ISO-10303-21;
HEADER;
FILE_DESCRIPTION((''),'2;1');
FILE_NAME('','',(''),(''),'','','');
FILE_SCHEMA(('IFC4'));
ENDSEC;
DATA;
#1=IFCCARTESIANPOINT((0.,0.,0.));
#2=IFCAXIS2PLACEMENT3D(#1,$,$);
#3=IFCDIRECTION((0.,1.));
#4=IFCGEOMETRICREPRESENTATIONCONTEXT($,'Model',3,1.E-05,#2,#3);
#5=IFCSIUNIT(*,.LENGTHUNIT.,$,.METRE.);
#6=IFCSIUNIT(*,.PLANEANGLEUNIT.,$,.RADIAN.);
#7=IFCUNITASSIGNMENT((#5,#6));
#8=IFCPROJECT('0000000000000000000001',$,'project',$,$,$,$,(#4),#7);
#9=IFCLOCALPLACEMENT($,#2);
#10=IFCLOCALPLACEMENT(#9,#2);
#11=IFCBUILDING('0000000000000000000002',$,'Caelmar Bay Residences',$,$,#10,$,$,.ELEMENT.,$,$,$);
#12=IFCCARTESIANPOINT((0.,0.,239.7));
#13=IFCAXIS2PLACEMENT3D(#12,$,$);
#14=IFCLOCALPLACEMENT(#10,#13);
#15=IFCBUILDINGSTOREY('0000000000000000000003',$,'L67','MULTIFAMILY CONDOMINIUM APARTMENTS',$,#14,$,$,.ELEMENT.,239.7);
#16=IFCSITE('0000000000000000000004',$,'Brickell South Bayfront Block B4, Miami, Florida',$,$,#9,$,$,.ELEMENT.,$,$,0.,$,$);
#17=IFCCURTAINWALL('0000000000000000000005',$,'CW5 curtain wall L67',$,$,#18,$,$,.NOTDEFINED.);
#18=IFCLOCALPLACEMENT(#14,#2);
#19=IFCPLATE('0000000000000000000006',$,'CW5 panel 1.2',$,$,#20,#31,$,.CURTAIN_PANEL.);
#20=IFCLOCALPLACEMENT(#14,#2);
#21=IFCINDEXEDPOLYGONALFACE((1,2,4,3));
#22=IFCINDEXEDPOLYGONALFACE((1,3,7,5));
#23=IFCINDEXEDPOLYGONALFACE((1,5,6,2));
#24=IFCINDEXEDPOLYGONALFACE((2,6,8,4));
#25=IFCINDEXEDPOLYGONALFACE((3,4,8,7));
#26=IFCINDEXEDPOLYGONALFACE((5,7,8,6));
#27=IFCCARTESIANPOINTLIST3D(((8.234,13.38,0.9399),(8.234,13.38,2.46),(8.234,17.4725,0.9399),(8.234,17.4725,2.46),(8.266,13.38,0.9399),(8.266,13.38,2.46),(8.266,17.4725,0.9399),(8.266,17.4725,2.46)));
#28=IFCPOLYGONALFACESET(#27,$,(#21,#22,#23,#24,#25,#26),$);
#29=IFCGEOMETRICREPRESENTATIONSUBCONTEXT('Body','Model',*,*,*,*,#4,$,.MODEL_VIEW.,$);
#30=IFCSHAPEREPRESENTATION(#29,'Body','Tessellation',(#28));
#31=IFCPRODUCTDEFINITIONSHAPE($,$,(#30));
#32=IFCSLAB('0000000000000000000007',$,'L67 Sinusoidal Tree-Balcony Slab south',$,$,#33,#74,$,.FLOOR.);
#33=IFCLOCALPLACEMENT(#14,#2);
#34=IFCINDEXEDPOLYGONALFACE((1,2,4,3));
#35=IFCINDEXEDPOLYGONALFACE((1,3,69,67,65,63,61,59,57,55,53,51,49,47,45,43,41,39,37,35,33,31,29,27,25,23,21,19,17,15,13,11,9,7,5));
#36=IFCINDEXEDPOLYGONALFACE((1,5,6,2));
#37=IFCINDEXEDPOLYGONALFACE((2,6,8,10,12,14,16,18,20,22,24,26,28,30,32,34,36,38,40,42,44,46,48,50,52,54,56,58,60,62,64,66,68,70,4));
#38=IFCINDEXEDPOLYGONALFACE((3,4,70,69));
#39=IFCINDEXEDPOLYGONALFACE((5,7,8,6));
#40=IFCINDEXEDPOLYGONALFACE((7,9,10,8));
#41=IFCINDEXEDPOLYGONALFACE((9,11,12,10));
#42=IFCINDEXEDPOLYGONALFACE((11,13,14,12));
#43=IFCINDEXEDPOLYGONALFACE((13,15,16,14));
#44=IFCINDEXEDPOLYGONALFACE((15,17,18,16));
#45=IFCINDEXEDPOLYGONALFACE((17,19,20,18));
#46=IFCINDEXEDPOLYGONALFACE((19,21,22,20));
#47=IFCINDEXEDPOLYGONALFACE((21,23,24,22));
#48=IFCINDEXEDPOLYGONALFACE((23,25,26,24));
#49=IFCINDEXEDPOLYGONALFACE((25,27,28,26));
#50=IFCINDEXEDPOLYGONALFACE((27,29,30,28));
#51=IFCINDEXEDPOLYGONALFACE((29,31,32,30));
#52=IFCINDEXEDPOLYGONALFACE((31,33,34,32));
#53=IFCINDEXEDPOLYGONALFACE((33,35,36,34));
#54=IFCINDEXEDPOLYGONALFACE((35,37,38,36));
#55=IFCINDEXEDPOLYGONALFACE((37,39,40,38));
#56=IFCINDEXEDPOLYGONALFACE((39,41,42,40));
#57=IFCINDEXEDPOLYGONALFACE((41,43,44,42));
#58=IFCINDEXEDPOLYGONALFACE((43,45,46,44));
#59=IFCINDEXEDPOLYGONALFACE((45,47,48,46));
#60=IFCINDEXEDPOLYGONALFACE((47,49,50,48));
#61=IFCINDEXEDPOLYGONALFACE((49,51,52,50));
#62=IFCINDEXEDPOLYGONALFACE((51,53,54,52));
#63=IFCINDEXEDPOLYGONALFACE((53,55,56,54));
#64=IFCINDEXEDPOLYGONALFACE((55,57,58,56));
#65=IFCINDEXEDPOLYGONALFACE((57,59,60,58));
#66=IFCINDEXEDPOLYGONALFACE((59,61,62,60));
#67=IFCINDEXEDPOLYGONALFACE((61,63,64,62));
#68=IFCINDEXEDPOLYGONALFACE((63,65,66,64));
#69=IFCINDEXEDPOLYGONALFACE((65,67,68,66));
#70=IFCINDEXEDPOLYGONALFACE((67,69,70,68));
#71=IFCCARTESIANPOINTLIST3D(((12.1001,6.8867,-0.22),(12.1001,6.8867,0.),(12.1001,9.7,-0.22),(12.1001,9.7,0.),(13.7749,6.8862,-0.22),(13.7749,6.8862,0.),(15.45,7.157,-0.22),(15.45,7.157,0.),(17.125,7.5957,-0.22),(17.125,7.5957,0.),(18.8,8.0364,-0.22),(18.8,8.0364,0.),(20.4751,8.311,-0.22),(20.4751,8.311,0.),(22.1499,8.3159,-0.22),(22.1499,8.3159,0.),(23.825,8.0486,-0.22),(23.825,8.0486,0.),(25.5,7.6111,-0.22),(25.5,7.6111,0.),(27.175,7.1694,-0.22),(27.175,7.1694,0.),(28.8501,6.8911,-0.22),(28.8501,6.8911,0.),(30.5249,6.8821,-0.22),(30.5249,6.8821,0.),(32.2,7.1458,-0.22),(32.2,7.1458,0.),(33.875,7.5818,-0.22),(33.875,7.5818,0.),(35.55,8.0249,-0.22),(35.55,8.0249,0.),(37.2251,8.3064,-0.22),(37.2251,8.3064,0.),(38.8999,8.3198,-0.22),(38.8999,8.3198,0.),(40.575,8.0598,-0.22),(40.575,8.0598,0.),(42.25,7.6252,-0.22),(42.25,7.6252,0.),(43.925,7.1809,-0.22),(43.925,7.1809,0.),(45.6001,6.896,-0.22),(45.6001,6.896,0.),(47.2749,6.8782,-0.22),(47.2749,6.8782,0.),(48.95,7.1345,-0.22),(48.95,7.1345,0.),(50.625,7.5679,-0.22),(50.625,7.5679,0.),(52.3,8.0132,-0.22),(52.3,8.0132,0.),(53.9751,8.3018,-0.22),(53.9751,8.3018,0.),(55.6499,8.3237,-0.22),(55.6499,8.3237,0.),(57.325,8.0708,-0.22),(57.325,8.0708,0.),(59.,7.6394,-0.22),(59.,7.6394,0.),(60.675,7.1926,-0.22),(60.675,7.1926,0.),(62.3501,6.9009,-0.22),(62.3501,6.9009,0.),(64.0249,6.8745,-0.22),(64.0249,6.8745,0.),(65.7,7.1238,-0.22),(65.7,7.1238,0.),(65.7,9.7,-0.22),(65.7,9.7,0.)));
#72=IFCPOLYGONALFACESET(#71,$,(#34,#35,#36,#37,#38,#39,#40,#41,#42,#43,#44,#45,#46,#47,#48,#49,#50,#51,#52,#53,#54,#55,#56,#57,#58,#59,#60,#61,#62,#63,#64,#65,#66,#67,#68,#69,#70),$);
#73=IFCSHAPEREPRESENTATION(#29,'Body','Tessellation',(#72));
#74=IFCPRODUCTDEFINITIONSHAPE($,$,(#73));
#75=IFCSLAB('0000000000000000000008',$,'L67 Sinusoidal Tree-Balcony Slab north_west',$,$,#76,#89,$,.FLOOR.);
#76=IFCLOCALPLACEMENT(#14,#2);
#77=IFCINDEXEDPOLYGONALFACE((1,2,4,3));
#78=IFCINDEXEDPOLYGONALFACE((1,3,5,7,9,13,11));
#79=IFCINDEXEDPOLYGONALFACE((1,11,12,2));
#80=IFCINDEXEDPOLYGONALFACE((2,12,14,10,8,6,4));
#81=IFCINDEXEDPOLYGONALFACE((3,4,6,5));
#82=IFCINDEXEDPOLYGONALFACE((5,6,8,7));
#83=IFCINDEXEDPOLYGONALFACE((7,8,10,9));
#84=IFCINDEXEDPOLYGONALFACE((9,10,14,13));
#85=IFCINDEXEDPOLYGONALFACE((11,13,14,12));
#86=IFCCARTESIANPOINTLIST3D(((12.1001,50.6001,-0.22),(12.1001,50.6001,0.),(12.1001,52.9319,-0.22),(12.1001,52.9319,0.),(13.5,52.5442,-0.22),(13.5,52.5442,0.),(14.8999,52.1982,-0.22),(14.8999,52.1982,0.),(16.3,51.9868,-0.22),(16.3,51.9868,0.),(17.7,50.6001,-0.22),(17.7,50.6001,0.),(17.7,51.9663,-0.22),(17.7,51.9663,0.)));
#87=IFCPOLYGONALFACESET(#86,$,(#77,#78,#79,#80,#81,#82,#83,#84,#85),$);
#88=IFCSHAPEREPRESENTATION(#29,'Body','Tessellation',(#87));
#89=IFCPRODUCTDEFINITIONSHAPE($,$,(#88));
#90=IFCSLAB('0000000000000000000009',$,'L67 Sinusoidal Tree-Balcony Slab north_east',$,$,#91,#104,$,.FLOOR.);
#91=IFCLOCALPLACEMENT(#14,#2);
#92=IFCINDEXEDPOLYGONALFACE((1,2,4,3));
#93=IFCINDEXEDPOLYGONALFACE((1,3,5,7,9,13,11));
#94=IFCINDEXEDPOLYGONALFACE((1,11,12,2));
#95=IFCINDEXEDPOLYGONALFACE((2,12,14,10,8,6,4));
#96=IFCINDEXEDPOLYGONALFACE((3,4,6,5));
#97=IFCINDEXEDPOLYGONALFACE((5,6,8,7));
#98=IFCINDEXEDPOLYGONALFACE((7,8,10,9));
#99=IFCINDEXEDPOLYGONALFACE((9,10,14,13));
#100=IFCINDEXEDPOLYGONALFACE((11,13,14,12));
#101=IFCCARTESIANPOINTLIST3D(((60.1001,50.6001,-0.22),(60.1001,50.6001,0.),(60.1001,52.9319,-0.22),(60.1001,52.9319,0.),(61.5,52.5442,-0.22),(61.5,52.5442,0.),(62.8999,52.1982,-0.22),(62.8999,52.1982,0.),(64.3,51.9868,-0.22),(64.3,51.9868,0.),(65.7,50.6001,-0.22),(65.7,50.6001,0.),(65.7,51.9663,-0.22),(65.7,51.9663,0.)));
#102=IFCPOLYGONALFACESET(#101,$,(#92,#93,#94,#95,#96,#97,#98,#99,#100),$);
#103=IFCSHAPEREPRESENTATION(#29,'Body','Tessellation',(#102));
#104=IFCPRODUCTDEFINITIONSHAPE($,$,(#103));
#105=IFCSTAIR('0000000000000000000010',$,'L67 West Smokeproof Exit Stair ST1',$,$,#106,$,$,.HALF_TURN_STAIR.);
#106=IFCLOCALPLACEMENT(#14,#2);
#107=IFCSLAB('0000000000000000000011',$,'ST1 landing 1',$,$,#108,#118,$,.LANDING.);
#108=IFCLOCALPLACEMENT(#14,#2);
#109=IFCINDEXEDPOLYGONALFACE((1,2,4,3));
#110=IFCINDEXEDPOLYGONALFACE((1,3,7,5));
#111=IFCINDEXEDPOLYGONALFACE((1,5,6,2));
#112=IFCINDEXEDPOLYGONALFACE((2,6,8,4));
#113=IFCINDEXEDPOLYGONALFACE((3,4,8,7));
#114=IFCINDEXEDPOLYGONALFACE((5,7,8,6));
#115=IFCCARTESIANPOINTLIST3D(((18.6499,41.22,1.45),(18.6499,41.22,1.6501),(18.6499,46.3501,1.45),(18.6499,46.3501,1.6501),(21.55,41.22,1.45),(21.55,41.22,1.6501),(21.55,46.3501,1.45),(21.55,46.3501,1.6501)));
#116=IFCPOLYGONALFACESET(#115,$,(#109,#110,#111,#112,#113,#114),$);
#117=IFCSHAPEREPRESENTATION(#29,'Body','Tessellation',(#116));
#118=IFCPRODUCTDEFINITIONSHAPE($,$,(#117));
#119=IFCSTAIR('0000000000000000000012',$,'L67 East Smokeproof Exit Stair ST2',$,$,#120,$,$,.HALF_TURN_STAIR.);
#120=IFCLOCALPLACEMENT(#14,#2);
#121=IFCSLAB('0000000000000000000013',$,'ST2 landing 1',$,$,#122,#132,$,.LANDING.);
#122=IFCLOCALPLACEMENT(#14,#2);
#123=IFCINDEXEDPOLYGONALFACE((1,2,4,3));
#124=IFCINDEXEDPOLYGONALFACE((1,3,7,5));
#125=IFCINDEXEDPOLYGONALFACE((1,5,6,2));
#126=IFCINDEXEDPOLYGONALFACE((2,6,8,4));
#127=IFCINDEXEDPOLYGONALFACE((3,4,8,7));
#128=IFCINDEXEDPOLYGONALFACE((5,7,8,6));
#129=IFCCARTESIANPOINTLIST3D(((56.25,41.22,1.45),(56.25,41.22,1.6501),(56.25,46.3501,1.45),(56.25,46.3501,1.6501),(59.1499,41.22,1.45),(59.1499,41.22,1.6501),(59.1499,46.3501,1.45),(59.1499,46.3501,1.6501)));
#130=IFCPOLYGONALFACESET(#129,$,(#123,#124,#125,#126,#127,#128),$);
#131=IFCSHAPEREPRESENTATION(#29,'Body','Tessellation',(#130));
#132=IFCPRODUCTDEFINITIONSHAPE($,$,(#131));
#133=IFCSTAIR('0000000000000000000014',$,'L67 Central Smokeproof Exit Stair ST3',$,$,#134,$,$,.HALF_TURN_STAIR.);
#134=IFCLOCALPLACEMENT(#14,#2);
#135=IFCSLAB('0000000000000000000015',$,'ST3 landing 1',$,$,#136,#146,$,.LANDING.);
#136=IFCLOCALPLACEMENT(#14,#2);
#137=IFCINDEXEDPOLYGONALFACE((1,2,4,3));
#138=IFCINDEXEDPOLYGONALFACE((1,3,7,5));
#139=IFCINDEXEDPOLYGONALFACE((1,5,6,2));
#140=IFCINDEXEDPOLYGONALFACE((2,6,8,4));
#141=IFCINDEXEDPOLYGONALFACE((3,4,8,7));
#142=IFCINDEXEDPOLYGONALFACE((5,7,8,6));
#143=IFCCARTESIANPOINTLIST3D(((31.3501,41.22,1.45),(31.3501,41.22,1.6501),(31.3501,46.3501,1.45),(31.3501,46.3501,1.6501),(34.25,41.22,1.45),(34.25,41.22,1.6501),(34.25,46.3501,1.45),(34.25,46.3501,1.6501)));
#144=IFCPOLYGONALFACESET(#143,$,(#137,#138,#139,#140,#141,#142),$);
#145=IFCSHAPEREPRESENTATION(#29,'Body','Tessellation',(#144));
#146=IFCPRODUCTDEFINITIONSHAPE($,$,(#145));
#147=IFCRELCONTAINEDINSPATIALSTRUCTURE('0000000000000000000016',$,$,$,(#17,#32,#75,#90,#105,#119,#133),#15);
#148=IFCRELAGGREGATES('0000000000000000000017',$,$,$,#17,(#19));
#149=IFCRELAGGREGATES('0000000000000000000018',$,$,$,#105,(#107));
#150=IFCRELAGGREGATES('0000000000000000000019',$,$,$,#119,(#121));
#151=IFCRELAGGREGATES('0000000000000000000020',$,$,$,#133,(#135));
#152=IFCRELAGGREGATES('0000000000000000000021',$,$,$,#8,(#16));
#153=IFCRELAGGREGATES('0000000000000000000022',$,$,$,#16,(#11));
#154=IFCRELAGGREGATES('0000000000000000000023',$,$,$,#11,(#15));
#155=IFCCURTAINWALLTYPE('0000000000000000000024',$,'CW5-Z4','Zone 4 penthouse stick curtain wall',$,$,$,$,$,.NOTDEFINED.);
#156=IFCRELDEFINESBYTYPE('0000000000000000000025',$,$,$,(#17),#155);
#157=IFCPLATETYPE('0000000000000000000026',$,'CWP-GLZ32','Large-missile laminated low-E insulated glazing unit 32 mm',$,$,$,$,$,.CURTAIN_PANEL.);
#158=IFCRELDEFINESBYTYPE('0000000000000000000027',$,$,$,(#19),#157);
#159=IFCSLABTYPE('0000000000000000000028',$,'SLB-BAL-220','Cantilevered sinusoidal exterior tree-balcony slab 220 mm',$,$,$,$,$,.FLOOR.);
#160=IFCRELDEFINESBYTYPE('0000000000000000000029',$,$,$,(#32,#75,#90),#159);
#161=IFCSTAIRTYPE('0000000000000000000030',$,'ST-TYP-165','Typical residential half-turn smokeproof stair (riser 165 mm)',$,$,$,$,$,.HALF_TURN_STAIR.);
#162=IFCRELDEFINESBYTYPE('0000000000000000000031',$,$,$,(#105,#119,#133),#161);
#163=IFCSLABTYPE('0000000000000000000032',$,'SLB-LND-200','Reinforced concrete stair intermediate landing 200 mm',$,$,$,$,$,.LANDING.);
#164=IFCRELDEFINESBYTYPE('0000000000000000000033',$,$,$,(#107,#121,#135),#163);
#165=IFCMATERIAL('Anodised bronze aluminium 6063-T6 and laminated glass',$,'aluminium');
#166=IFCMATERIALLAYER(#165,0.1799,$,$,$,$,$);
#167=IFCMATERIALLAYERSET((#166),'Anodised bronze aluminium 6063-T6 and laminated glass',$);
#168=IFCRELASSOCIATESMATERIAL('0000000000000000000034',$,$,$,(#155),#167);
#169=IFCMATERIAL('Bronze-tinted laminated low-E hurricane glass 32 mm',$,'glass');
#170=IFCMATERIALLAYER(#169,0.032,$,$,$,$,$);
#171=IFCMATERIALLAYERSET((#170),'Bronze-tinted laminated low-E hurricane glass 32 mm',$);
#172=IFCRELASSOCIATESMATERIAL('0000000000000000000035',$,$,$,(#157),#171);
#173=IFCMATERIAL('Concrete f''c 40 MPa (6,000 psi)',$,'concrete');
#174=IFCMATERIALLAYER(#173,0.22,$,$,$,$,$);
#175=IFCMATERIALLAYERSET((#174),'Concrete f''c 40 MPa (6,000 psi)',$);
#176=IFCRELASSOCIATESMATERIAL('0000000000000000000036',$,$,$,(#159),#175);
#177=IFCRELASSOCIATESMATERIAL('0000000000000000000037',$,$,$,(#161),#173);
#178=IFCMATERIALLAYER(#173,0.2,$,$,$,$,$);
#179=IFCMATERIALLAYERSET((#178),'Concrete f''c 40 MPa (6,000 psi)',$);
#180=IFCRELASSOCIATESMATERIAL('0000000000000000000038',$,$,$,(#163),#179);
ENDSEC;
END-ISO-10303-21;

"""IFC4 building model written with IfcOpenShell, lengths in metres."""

from ifc_helpers import new_model, si_unit, direction, frame, origin, origin_2d, place, context, subcontext, project, spatial, polyline, rectangle, outline, extrude, material, layer, layer_set, type_object, element, aggregate, save


model = new_model("IFC4")

# Units and contexts
model_context = context("Model", 3, precision=1e-05, world=origin(), true_north=direction((0.0, 1.0)))
body_context = subcontext(model_context, "Body", "Model", "MODEL_VIEW")
ifc_project = project(units=[si_unit("LENGTHUNIT", "METRE"), si_unit("PLANEANGLEUNIT", "RADIAN")], contexts=[model_context])

# Site, building, storey
site_placement = place(None, origin())
site = spatial("IfcSite", under=ifc_project, at=site_placement, Name="Brickell South Bayfront Block B4, Miami, Florida", CompositionType="ELEMENT", RefElevation=0.0)
building_placement = place(site_placement, origin())
building = spatial("IfcBuilding", under=site, at=building_placement, Name="Caelmar Bay Residences", CompositionType="ELEMENT")
storey_placement = place(building_placement, frame((0.0, 0.0, 239.7)))
storey = spatial("IfcBuildingStorey", under=building, at=storey_placement, Name="L67", Description="MULTIFAMILY CONDOMINIUM APARTMENTS", CompositionType="ELEMENT", Elevation=239.7)

# Curtain wall
ifc_material_1 = material(Name="Anodised bronze aluminium 6063-T6 and laminated glass", Category="aluminium")
ifc_layer_1 = layer(ifc_material_1, 0.1799)
ifc_layer_set_1 = layer_set([ifc_layer_1], Name="Anodised bronze aluminium 6063-T6 and laminated glass")
curtain_wall_type_1 = type_object("IfcCurtainWallType", Name="CW5-Z4", Description="Zone 4 penthouse stick curtain wall", PredefinedType="NOTDEFINED", material=ifc_layer_set_1)
curtain_wall_1_placement = place(storey_placement, origin())
curtain_wall_1 = element("IfcCurtainWall", 1, at=curtain_wall_1_placement, inside=storey, type_object=curtain_wall_type_1, Name="CW5 curtain wall L67", PredefinedType="NOTDEFINED")

# Plate
ifc_material_2 = material(Name="Bronze-tinted laminated low-E hurricane glass 32 mm", Category="glass")
ifc_layer_2 = layer(ifc_material_2, 0.032)
ifc_layer_set_2 = layer_set([ifc_layer_2], Name="Bronze-tinted laminated low-E hurricane glass 32 mm")
plate_type_1 = type_object("IfcPlateType", Name="CWP-GLZ32", Description="Large-missile laminated low-E insulated glazing unit 32 mm", PredefinedType="CURTAIN_PANEL", material=ifc_layer_set_2)
plate_1_placement = place(storey_placement, frame((8.25, 15.4263, 0.9399), z_axis=(0.0, 0.0, 1.0), x_axis=(0.0, 1.0, 0.0)))
plate_1 = element("IfcPlate", 2, at=plate_1_placement, type_object=plate_type_1, Name="CW5 panel 1.2", PredefinedType="CURTAIN_PANEL", context=body_context, shape_type="SweptSolid", body=[
    extrude(rectangle(XDim=4.0925, YDim=0.032, at=origin_2d()), origin(), (0.0, 0.0, 1.0), 1.52),
])
aggregate(curtain_wall_1, [plate_1])

# Slabs
ifc_material_3 = material(Name="Concrete f'c 40 MPa (6,000 psi)", Category="concrete")
ifc_layer_3 = layer(ifc_material_3, 0.22)
ifc_layer_set_3 = layer_set([ifc_layer_3], Name="Concrete f'c 40 MPa (6,000 psi)")
slab_type_1 = type_object("IfcSlabType", Name="SLB-BAL-220", Description="Cantilevered sinusoidal exterior tree-balcony slab 220 mm", PredefinedType="FLOOR", material=ifc_layer_set_3)
slab_1_placement = place(storey_placement, frame((0.0, 0.0, -0.22)))
element("IfcSlab", 3, at=slab_1_placement, inside=storey, type_object=slab_type_1, Name="L67 Sinusoidal Tree-Balcony Slab south", PredefinedType="FLOOR", context=body_context, shape_type="SweptSolid", body=[
    extrude(outline(polyline([(12.1001, 6.8867), (13.7749, 6.8862), (15.45, 7.157), (17.125, 7.5957), (18.8, 8.0364), (20.4751, 8.311), (22.1499, 8.3159), (23.825, 8.0486), (25.5, 7.6111), (27.175, 7.1694), (28.8501, 6.8911), (30.5249, 6.8821), (32.2, 7.1458), (33.875, 7.5818), (35.55, 8.0249), (37.2251, 8.3064), (38.8999, 8.3198), (40.575, 8.0598), (42.25, 7.6252), (43.925, 7.1809), (45.6001, 6.896), (47.2749, 6.8782), (48.95, 7.1345), (50.625, 7.5679), (52.3, 8.0132), (53.9751, 8.3018), (55.6499, 8.3237), (57.325, 8.0708), (59.0, 7.6394), (60.675, 7.1926), (62.3501, 6.9009), (64.0249, 6.8745), (65.7, 7.1238), (65.7, 9.7), (12.1001, 9.7), (12.1001, 6.8867)])), origin(), (0.0, 0.0, 1.0), 0.22),
])
slab_2_placement = place(storey_placement, frame((0.0, 0.0, -0.22)))
element("IfcSlab", 4, at=slab_2_placement, inside=storey, type_object=slab_type_1, Name="L67 Sinusoidal Tree-Balcony Slab north_west", PredefinedType="FLOOR", context=body_context, shape_type="SweptSolid", body=[
    extrude(outline(polyline([(12.1001, 50.6001), (17.7, 50.6001), (17.7, 51.9663), (16.3, 51.9868), (14.8999, 52.1982), (13.5, 52.5442), (12.1001, 52.9319), (12.1001, 50.6001)])), origin(), (0.0, 0.0, 1.0), 0.22),
])
slab_3_placement = place(storey_placement, frame((0.0, 0.0, -0.22)))
element("IfcSlab", 5, at=slab_3_placement, inside=storey, type_object=slab_type_1, Name="L67 Sinusoidal Tree-Balcony Slab north_east", PredefinedType="FLOOR", context=body_context, shape_type="SweptSolid", body=[
    extrude(outline(polyline([(60.1001, 50.6001), (65.7, 50.6001), (65.7, 51.9663), (64.3, 51.9868), (62.8999, 52.1982), (61.5, 52.5442), (60.1001, 52.9319), (60.1001, 50.6001)])), origin(), (0.0, 0.0, 1.0), 0.22),
])

# Stairs, slabs
stair_type = type_object("IfcStairType", Name="ST-TYP-165", Description="Typical residential half-turn smokeproof stair (riser 165 mm)", PredefinedType="HALF_TURN_STAIR", material=ifc_material_3)
stair_1_placement = place(storey_placement, origin())
stair_1 = element("IfcStair", 6, at=stair_1_placement, inside=storey, type_object=stair_type, Name="L67 West Smokeproof Exit Stair ST1", PredefinedType="HALF_TURN_STAIR")
ifc_layer_4 = layer(ifc_material_3, 0.2)
ifc_layer_set_4 = layer_set([ifc_layer_4], Name="Concrete f'c 40 MPa (6,000 psi)")
slab_type_2 = type_object("IfcSlabType", Name="SLB-LND-200", Description="Reinforced concrete stair intermediate landing 200 mm", PredefinedType="LANDING", material=ifc_layer_set_4)
slab_4_placement = place(storey_placement, frame((0.0, 0.0, 1.45)))
slab_4 = element("IfcSlab", 7, at=slab_4_placement, type_object=slab_type_2, Name="ST1 landing 1", PredefinedType="LANDING", context=body_context, shape_type="SweptSolid", body=[
    extrude(outline(polyline([(21.55, 41.22), (21.55, 46.3501), (18.6499, 46.3501), (18.6499, 41.22), (21.55, 41.22)])), origin(), (0.0, 0.0, 1.0), 0.2002),
])
aggregate(stair_1, [slab_4])
stair_2_placement = place(storey_placement, origin())
stair_2 = element("IfcStair", 8, at=stair_2_placement, inside=storey, type_object=stair_type, Name="L67 East Smokeproof Exit Stair ST2", PredefinedType="HALF_TURN_STAIR")
slab_5_placement = place(storey_placement, frame((0.0, 0.0, 1.45)))
slab_5 = element("IfcSlab", 9, at=slab_5_placement, type_object=slab_type_2, Name="ST2 landing 1", PredefinedType="LANDING", context=body_context, shape_type="SweptSolid", body=[
    extrude(outline(polyline([(59.1499, 41.22), (59.1499, 46.3501), (56.25, 46.3501), (56.25, 41.22), (59.1499, 41.22)])), origin(), (0.0, 0.0, 1.0), 0.2002),
])
aggregate(stair_2, [slab_5])
stair_3_placement = place(storey_placement, origin())
stair_3 = element("IfcStair", 10, at=stair_3_placement, inside=storey, type_object=stair_type, Name="L67 Central Smokeproof Exit Stair ST3", PredefinedType="HALF_TURN_STAIR")
slab_6_placement = place(storey_placement, frame((0.0, 0.0, 1.45)))
slab_6 = element("IfcSlab", 11, at=slab_6_placement, type_object=slab_type_2, Name="ST3 landing 1", PredefinedType="LANDING", context=body_context, shape_type="SweptSolid", body=[
    extrude(outline(polyline([(34.25, 41.22), (34.25, 46.3501), (31.3501, 46.3501), (31.3501, 41.22), (34.25, 41.22)])), origin(), (0.0, 0.0, 1.0), 0.2002),
])
aggregate(stair_3, [slab_6])

save(model, "model.ifc")
